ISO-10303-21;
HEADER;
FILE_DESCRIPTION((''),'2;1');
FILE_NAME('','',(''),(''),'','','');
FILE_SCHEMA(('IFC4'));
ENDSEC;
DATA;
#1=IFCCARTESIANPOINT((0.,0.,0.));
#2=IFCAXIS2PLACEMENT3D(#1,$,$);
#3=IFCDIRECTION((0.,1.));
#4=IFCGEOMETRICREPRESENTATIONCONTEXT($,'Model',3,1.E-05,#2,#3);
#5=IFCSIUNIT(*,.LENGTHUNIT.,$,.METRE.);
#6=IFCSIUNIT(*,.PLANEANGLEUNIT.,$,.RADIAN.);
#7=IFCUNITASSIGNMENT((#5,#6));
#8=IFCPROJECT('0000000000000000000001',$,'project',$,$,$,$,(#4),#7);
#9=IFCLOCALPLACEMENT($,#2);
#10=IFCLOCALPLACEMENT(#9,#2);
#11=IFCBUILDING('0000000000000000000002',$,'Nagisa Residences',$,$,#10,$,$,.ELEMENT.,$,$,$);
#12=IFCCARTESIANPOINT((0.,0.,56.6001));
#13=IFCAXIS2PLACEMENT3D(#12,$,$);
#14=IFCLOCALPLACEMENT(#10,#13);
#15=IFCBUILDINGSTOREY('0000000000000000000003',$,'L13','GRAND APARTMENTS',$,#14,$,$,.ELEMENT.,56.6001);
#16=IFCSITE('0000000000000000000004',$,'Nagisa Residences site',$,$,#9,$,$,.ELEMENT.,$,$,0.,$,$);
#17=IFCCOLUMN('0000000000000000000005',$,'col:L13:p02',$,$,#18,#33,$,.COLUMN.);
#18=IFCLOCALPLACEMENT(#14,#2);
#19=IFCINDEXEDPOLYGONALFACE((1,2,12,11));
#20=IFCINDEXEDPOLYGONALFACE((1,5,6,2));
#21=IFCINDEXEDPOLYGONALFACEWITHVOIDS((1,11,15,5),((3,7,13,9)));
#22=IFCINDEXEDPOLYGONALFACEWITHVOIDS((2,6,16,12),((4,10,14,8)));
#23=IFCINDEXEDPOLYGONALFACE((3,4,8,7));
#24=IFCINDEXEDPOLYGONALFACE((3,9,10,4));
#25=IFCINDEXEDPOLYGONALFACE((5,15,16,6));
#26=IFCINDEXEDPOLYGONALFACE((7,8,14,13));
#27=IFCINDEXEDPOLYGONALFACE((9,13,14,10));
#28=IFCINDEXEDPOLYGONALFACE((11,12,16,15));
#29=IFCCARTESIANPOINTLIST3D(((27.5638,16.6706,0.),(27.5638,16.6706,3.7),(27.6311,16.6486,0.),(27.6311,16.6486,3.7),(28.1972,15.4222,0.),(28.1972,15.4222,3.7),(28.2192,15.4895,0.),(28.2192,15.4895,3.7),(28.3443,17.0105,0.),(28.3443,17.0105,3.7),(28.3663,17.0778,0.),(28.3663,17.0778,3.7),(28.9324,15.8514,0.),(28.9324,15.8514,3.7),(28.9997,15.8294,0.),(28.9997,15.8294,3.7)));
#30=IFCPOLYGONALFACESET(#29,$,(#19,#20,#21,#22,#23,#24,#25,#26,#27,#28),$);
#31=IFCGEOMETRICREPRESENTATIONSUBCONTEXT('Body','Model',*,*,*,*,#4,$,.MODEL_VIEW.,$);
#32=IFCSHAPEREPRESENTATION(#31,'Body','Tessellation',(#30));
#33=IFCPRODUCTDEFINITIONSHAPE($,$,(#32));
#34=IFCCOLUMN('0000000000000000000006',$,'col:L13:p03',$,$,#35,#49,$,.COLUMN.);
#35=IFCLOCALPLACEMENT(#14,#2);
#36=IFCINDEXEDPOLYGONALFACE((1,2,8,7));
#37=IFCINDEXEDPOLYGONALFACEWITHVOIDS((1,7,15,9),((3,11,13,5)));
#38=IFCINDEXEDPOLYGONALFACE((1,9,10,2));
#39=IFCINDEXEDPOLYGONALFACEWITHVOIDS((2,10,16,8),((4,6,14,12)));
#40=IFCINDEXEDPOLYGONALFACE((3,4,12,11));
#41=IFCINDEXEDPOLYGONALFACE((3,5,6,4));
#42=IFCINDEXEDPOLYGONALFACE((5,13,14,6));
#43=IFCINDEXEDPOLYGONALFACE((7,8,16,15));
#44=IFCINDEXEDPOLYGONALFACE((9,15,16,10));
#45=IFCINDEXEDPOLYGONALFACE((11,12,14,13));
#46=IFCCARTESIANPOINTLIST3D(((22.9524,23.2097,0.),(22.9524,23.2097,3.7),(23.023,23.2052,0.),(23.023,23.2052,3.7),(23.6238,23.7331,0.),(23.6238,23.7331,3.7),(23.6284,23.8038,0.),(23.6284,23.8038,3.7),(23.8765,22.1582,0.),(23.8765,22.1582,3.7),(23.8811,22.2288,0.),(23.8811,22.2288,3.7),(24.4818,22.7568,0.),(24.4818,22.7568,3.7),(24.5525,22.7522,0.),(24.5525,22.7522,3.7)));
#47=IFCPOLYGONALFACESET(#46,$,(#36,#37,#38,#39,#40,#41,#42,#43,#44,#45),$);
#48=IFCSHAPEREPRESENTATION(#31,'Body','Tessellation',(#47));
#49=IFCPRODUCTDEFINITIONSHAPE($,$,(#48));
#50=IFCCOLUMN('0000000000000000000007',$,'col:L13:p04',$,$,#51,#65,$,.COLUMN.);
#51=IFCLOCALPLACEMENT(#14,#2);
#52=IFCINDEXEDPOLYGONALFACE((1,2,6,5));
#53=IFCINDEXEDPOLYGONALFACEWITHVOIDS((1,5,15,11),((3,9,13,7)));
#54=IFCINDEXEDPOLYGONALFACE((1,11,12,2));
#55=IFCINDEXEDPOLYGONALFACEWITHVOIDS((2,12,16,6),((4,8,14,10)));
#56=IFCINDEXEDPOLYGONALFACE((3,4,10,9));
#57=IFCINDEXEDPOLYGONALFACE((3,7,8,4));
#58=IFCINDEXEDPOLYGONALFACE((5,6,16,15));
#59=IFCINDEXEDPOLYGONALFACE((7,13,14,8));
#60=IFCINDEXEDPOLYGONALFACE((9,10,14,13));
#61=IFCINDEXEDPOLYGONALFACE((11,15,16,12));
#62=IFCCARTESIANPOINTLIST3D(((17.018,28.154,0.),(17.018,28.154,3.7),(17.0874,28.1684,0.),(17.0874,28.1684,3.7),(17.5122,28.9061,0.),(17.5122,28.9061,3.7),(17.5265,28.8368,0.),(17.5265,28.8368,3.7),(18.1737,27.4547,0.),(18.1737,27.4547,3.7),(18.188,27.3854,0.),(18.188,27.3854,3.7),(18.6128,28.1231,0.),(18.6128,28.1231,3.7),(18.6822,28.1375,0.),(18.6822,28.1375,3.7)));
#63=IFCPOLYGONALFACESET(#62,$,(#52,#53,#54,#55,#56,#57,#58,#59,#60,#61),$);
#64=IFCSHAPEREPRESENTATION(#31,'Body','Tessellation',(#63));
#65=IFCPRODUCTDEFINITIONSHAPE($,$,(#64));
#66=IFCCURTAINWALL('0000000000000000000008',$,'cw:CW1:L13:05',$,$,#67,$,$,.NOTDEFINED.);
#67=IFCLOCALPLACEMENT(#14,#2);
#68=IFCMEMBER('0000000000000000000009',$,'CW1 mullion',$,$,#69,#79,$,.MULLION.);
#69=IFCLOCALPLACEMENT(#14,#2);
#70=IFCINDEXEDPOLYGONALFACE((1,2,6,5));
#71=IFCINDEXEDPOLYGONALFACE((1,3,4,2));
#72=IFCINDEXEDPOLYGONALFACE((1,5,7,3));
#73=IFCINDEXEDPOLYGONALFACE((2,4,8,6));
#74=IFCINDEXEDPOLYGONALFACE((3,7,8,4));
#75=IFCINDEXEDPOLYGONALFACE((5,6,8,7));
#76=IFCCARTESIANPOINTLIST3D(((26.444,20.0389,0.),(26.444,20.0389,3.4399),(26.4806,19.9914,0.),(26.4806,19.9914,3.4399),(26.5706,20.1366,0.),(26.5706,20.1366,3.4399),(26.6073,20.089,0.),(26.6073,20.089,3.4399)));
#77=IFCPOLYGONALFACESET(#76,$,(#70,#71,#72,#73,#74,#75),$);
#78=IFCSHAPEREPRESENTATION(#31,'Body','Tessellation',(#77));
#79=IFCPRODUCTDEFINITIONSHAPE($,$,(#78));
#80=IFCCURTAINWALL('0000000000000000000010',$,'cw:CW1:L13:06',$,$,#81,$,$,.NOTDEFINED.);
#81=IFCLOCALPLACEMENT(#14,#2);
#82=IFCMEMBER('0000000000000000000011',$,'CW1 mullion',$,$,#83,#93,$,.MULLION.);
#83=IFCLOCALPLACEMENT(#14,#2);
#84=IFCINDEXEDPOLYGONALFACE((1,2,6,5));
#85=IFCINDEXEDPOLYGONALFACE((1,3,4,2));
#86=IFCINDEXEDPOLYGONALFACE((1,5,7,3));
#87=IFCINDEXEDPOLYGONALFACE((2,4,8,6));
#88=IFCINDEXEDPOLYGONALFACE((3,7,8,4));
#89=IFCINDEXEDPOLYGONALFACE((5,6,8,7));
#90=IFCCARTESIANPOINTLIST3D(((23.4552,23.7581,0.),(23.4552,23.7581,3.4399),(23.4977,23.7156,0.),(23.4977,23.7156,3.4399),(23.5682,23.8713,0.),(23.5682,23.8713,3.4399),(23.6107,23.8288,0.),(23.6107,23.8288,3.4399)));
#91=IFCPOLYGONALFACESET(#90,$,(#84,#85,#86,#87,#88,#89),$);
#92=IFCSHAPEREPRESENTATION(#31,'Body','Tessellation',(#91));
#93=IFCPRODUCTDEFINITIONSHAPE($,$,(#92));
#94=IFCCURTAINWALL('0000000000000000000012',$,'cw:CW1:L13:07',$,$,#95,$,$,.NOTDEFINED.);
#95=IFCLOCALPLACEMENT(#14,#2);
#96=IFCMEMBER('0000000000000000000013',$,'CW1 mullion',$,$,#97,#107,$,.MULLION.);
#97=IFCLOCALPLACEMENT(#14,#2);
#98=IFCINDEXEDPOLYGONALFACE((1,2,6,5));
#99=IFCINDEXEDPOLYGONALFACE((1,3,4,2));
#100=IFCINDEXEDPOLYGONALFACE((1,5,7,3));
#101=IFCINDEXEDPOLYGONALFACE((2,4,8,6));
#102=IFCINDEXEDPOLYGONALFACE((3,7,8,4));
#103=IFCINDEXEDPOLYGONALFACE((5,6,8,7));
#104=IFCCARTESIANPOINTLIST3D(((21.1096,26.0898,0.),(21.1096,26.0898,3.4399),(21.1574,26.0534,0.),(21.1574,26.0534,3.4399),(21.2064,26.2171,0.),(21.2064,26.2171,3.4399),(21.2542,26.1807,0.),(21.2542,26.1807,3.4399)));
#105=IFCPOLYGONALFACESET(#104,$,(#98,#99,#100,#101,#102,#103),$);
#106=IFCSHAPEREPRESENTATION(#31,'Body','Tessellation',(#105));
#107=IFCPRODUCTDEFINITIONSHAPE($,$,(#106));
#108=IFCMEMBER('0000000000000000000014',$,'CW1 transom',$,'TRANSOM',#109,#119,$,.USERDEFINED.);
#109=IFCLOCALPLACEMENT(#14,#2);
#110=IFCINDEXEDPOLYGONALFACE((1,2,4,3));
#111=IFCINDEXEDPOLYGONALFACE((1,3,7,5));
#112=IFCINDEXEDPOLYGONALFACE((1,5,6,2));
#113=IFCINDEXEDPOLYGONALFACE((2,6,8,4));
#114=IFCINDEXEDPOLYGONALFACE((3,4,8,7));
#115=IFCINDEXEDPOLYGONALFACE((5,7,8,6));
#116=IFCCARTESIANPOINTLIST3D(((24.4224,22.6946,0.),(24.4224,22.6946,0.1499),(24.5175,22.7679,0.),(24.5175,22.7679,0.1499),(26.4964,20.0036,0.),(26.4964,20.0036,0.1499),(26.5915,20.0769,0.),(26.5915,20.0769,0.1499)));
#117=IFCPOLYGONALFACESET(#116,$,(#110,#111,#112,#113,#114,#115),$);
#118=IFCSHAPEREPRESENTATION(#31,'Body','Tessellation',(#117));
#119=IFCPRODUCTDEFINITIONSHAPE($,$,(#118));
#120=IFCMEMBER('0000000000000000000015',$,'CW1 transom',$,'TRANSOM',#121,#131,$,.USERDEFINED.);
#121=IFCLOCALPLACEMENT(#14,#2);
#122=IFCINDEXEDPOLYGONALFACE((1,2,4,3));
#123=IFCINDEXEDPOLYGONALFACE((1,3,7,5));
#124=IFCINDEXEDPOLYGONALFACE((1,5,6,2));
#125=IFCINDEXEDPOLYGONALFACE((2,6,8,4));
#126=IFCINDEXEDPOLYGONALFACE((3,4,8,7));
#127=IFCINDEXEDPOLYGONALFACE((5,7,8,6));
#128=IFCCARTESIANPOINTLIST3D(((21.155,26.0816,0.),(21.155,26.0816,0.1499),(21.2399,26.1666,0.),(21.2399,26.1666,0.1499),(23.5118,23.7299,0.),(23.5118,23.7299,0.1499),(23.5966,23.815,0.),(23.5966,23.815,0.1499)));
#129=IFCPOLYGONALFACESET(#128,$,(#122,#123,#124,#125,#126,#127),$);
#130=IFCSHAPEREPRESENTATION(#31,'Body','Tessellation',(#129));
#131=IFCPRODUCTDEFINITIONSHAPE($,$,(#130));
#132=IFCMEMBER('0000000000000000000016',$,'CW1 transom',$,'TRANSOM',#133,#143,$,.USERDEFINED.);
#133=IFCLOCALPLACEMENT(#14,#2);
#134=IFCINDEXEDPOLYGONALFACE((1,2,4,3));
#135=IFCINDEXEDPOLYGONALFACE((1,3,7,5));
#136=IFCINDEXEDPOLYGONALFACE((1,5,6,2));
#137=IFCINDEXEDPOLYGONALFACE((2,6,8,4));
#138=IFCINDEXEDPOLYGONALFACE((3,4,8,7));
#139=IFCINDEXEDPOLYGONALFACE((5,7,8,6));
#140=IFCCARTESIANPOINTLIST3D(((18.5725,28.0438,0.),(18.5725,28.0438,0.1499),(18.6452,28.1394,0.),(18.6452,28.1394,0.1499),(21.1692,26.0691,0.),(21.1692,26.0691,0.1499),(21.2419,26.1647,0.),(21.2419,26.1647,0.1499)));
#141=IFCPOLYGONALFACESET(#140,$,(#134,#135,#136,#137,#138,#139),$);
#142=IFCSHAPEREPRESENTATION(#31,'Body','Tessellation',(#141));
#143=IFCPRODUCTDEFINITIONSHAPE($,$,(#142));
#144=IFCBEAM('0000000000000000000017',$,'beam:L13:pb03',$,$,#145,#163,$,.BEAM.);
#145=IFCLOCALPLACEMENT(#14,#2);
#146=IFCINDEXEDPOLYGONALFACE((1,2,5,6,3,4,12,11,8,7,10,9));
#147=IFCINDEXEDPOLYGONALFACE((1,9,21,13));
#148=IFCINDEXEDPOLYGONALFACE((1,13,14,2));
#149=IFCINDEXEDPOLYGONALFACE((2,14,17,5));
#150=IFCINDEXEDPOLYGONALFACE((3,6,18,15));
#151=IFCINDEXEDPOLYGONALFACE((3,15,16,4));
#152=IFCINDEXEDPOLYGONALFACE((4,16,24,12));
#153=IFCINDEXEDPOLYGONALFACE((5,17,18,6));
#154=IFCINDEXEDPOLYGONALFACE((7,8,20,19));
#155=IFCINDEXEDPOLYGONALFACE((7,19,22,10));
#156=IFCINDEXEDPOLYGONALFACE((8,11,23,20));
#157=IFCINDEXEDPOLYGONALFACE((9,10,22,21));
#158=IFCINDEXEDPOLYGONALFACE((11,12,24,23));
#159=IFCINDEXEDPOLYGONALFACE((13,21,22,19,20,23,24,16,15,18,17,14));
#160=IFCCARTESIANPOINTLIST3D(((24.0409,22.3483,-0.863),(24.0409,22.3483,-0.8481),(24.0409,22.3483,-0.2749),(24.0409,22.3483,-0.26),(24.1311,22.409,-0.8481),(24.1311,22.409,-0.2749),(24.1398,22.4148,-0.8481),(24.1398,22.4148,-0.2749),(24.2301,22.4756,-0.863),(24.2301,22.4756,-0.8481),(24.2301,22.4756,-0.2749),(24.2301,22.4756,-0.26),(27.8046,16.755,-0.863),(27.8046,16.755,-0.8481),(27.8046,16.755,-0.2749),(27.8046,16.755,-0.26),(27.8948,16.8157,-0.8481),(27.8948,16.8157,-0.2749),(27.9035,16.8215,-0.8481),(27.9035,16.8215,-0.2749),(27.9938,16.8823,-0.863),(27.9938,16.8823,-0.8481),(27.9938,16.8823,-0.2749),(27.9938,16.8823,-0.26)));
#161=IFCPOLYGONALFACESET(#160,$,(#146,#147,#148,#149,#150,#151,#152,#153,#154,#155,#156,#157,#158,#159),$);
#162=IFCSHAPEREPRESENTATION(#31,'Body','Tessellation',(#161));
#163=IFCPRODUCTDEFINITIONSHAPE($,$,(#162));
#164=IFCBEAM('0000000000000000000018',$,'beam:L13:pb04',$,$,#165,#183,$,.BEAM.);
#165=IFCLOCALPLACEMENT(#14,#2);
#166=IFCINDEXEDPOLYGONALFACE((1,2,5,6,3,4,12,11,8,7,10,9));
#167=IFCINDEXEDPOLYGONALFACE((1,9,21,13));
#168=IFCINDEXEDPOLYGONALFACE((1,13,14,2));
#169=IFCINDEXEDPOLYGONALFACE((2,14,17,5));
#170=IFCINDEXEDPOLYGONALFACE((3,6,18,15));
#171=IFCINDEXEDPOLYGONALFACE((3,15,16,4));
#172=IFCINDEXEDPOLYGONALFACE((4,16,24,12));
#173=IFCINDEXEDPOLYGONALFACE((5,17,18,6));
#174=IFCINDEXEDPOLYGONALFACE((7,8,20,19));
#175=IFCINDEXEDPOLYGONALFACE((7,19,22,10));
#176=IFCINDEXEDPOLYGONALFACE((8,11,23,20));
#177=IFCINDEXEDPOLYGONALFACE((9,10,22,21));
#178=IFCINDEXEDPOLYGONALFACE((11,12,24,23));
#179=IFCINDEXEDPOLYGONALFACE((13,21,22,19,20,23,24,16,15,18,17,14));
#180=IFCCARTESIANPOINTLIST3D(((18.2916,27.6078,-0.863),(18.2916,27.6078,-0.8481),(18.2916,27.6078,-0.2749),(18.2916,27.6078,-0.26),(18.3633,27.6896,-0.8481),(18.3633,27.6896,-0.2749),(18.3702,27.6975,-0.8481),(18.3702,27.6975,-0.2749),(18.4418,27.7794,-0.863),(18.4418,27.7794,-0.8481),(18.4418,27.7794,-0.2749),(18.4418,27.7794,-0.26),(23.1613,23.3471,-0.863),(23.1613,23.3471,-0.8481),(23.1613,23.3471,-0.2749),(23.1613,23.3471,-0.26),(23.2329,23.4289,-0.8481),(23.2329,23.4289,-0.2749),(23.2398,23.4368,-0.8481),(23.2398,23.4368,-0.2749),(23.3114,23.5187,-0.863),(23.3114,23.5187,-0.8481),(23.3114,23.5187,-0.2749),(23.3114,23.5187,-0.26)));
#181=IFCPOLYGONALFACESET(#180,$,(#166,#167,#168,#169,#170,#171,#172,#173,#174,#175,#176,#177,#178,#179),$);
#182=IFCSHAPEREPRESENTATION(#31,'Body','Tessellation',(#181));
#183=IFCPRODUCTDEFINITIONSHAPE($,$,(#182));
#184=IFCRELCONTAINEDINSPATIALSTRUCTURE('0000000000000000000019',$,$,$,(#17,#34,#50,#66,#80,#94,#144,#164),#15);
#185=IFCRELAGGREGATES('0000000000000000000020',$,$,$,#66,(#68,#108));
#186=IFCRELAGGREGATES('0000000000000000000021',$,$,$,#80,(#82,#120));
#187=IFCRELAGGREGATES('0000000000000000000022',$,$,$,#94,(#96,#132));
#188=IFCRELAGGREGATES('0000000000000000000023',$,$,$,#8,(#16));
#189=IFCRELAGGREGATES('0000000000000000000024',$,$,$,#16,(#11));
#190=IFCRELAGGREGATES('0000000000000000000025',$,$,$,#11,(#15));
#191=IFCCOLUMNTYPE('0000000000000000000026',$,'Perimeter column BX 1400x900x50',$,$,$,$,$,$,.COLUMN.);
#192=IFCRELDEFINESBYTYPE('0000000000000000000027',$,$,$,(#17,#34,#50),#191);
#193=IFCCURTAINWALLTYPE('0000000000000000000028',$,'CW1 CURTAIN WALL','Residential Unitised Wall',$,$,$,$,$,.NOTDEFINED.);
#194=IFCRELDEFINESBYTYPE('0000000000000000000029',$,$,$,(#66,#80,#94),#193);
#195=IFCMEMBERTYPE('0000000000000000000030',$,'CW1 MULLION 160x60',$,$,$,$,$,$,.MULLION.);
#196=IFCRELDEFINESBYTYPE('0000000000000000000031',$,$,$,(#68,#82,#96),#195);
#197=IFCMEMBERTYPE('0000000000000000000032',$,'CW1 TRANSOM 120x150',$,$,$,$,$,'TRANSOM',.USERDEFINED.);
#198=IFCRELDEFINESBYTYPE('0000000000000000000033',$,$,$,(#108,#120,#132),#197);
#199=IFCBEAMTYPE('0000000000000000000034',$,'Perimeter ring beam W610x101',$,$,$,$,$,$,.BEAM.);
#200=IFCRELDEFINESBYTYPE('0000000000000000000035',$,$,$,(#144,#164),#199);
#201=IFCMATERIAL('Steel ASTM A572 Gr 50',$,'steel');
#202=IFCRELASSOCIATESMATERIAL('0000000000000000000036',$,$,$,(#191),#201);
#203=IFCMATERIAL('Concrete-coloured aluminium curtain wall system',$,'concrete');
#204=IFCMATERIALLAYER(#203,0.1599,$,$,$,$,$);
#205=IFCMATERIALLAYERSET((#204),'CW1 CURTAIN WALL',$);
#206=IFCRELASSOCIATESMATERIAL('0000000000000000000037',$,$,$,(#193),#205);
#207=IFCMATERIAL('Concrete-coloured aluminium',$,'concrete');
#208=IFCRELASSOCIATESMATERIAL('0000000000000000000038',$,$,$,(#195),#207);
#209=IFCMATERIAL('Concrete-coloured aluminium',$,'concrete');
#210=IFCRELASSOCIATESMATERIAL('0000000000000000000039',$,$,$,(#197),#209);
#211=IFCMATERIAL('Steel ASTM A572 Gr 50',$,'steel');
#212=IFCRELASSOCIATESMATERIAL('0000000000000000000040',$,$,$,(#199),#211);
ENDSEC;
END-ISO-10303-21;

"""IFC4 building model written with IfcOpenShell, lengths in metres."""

from ifc_helpers import new_model, si_unit, direction, frame, origin, origin_2d, place, context, subcontext, project, spatial, rectangle, hollow_rectangle, i_section, extrude, material, layer, layer_set, material_profile, profile_set, type_object, element, aggregate, save


model = new_model("IFC4")

# Units and contexts
model_context = context("Model", 3, precision=1e-05, world=origin(), true_north=direction((0.0, 1.0)))
body_context = subcontext(model_context, "Body", "Model", "MODEL_VIEW")
ifc_project = project(units=[si_unit("LENGTHUNIT", "METRE"), si_unit("PLANEANGLEUNIT", "RADIAN")], contexts=[model_context])

# Site, building, storey
site_placement = place(None, origin())
site = spatial("IfcSite", under=ifc_project, at=site_placement, Name="Nagisa Residences site", CompositionType="ELEMENT", RefElevation=0.0)
building_placement = place(site_placement, origin())
building = spatial("IfcBuilding", under=site, at=building_placement, Name="Nagisa Residences", CompositionType="ELEMENT")
storey_placement = place(building_placement, frame((0.0, 0.0, 56.6001)))
storey = spatial("IfcBuildingStorey", under=building, at=storey_placement, Name="L13", Description="GRAND APARTMENTS", CompositionType="ELEMENT", Elevation=56.6001)

# Columns
ifc_material_1 = material(Name="Steel ASTM A572 Gr 50", Category="steel")
ifc_material_profile_1 = material_profile(ifc_material_1, hollow_rectangle(XDim=1.3999, YDim=0.8999, WallThickness=0.05, at=origin_2d()), Name="BX 1400x900x50")
ifc_profile_set_1 = profile_set([ifc_material_profile_1], Name="Steel ASTM A572 Gr 50")
column_type = type_object("IfcColumnType", Name="Perimeter column BX 1400x900x50", PredefinedType="COLUMN", material=ifc_profile_set_1)
for number, where, z_axis, x_axis, name in (
    (1, (28.2817, 16.25, 0.0), (0.0, 0.0, 1.0), (-0.452463, 0.891783, 0.0), "col:L13:p02"),
    (2, (23.7524, 22.981, 0.0), (0.0, 0.0, 1.0), (-0.660115, 0.751165, 0.0), "col:L13:p03"),
    (3, (17.8501, 28.1458, 0.0), (0.0, 0.0, 1.0), (-0.835766, 0.549086, 0.0), "col:L13:p04"),
):
    element("IfcColumn", number, at=place(storey_placement, frame(where, z_axis=z_axis, x_axis=x_axis)), inside=storey, type_object=column_type, Name=name, PredefinedType="COLUMN", context=body_context, shape_type="SweptSolid", body=[
        extrude(hollow_rectangle(XDim=1.3999, YDim=0.8999, WallThickness=0.05, at=origin_2d()), origin(), (0.0, 0.0, 1.0), 3.7),
    ])

# Curtain walls, members
ifc_material_2 = material(Name="Concrete-coloured aluminium curtain wall system", Category="concrete")
ifc_layer_1 = layer(ifc_material_2, 0.1599)
ifc_layer_set_1 = layer_set([ifc_layer_1], Name="CW1 CURTAIN WALL")
curtain_wall_type = type_object("IfcCurtainWallType", Name="CW1 CURTAIN WALL", Description="Residential Unitised Wall", PredefinedType="NOTDEFINED", material=ifc_layer_set_1)
curtain_wall_1_placement = place(storey_placement, origin())
curtain_wall_1 = element("IfcCurtainWall", 4, at=curtain_wall_1_placement, inside=storey, type_object=curtain_wall_type, Name="cw:CW1:L13:05", PredefinedType="NOTDEFINED")
ifc_material_3 = material(Name="Concrete-coloured aluminium", Category="concrete")
ifc_material_profile_2 = material_profile(ifc_material_3, rectangle(XDim=0.1599, YDim=0.0601, at=origin_2d()), Name="CW1 MULLION 160x60")
ifc_profile_set_2 = profile_set([ifc_material_profile_2], Name="Concrete-coloured aluminium")
member_type_1 = type_object("IfcMemberType", Name="CW1 MULLION 160x60", PredefinedType="MULLION", material=ifc_profile_set_2)
member_1_placement = place(storey_placement, frame((26.5256, 20.064, 0.0), z_axis=(0.0, 0.0, 1.0), x_axis=(-0.79207, -0.61043, 0.0)))
member_1 = element("IfcMember", 5, at=member_1_placement, type_object=member_type_1, Name="CW1 mullion", PredefinedType="MULLION", context=body_context, shape_type="SweptSolid", body=[
    extrude(rectangle(XDim=0.1599, YDim=0.0601, at=origin_2d()), origin(), (0.0, 0.0, 1.0), 3.4399),
])
curtain_wall_2_placement = place(storey_placement, origin())
curtain_wall_2 = element("IfcCurtainWall", 6, at=curtain_wall_2_placement, inside=storey, type_object=curtain_wall_type, Name="cw:CW1:L13:06", PredefinedType="NOTDEFINED")
member_2_placement = place(storey_placement, frame((23.533, 23.7935, 0.0), z_axis=(0.0, 0.0, 1.0), x_axis=(-0.706377, -0.707836, 0.0)))
member_2 = element("IfcMember", 7, at=member_2_placement, type_object=member_type_1, Name="CW1 mullion", PredefinedType="MULLION", context=body_context, shape_type="SweptSolid", body=[
    extrude(rectangle(XDim=0.1599, YDim=0.0601, at=origin_2d()), origin(), (0.0, 0.0, 1.0), 3.4399),
])
curtain_wall_3_placement = place(storey_placement, origin())
curtain_wall_3 = element("IfcCurtainWall", 8, at=curtain_wall_3_placement, inside=storey, type_object=curtain_wall_type, Name="cw:CW1:L13:07", PredefinedType="NOTDEFINED")
member_3_placement = place(storey_placement, frame((21.1819, 26.1353, 0.0), z_axis=(0.0, 0.0, 1.0), x_axis=(-0.605255, -0.796031, 0.0)))
member_3 = element("IfcMember", 9, at=member_3_placement, type_object=member_type_1, Name="CW1 mullion", PredefinedType="MULLION", context=body_context, shape_type="SweptSolid", body=[
    extrude(rectangle(XDim=0.1599, YDim=0.0601, at=origin_2d()), origin(), (0.0, 0.0, 1.0), 3.4399),
])

# Members
ifc_material_4 = material(Name="Concrete-coloured aluminium", Category="concrete")
ifc_material_profile_3 = material_profile(ifc_material_4, rectangle(XDim=0.1201, YDim=0.1499, at=origin_2d()), Name="CW1 TRANSOM 120x150")
ifc_profile_set_3 = profile_set([ifc_material_profile_3], Name="Concrete-coloured aluminium")
member_type_2 = type_object("IfcMemberType", Name="CW1 TRANSOM 120x150", ElementType="TRANSOM", PredefinedType="USERDEFINED", material=ifc_profile_set_3)
member_4_placement = place(storey_placement, frame((26.5439, 20.0403, 0.075), z_axis=(-0.610457, 0.792049, 0.0), x_axis=(-0.792049, -0.610457, 0.0)))
member_4 = element("IfcMember", 10, at=member_4_placement, type_object=member_type_2, Name="CW1 transom", ObjectType="TRANSOM", PredefinedType="USERDEFINED", context=body_context, shape_type="SweptSolid", body=[
    extrude(rectangle(XDim=0.1201, YDim=0.1499, at=origin_2d()), origin(), (0.0, 0.0, 1.0), 3.3975),
])
member_5_placement = place(storey_placement, frame((23.5542, 23.7725, 0.075), z_axis=(-0.707876, 0.706336, 0.0), x_axis=(-0.706336, -0.707876, 0.0)))
member_5 = element("IfcMember", 11, at=member_5_placement, type_object=member_type_2, Name="CW1 transom", ObjectType="TRANSOM", PredefinedType="USERDEFINED", context=body_context, shape_type="SweptSolid", body=[
    extrude(rectangle(XDim=0.1201, YDim=0.1499, at=origin_2d()), origin(), (0.0, 0.0, 1.0), 3.3293),
])
member_6_placement = place(storey_placement, frame((21.2056, 26.1169, 0.075), z_axis=(-0.795995, 0.605303, 0.0), x_axis=(-0.605303, -0.795995, 0.0)))
member_6 = element("IfcMember", 12, at=member_6_placement, type_object=member_type_2, Name="CW1 transom", ObjectType="TRANSOM", PredefinedType="USERDEFINED", context=body_context, shape_type="SweptSolid", body=[
    extrude(rectangle(XDim=0.1201, YDim=0.1499, at=origin_2d()), origin(), (0.0, 0.0, 1.0), 3.2622),
])

# Beams
ifc_material_5 = material(Name="Steel ASTM A572 Gr 50", Category="steel")
ifc_material_profile_4 = material_profile(ifc_material_5, i_section(OverallWidth=0.228, OverallDepth=0.603, WebThickness=0.0105, FlangeThickness=0.0149, at=origin_2d()), Name="W610x101")
ifc_profile_set_4 = profile_set([ifc_material_profile_4], Name="Steel ASTM A572 Gr 50")
beam_type_1 = type_object("IfcBeamType", Name="Perimeter ring beam W610x101", PredefinedType="BEAM", material=ifc_profile_set_4)
beam_1_placement = place(storey_placement, frame((27.8992, 16.8186, -0.5615), z_axis=(-0.558272, 0.829658, 0.0), x_axis=(-0.829658, -0.558272, 0.0)))
element("IfcBeam", 13, at=beam_1_placement, inside=storey, type_object=beam_type_1, Name="beam:L13:pb03", PredefinedType="BEAM", context=body_context, shape_type="SweptSolid", body=[
    extrude(i_section(OverallWidth=0.228, OverallDepth=0.603, WebThickness=0.0105, FlangeThickness=0.0149, at=origin_2d()), origin(), (0.0, 0.0, 1.0), 6.7417),
])
beam_2_placement = place(storey_placement, frame((23.2363, 23.4329, -0.5615), z_axis=(-0.752591, 0.658489, 0.0), x_axis=(-0.658489, -0.752591, 0.0)))
element("IfcBeam", 14, at=beam_2_placement, inside=storey, type_object=beam_type_1, Name="beam:L13:pb04", PredefinedType="BEAM", context=body_context, shape_type="SweptSolid", body=[
    extrude(i_section(OverallWidth=0.228, OverallDepth=0.603, WebThickness=0.0105, FlangeThickness=0.0149, at=origin_2d()), origin(), (0.0, 0.0, 1.0), 6.4705),
])

aggregate(curtain_wall_1, [member_1, member_4])
aggregate(curtain_wall_2, [member_2, member_5])
aggregate(curtain_wall_3, [member_3, member_6])

save(model, "model.ifc")
